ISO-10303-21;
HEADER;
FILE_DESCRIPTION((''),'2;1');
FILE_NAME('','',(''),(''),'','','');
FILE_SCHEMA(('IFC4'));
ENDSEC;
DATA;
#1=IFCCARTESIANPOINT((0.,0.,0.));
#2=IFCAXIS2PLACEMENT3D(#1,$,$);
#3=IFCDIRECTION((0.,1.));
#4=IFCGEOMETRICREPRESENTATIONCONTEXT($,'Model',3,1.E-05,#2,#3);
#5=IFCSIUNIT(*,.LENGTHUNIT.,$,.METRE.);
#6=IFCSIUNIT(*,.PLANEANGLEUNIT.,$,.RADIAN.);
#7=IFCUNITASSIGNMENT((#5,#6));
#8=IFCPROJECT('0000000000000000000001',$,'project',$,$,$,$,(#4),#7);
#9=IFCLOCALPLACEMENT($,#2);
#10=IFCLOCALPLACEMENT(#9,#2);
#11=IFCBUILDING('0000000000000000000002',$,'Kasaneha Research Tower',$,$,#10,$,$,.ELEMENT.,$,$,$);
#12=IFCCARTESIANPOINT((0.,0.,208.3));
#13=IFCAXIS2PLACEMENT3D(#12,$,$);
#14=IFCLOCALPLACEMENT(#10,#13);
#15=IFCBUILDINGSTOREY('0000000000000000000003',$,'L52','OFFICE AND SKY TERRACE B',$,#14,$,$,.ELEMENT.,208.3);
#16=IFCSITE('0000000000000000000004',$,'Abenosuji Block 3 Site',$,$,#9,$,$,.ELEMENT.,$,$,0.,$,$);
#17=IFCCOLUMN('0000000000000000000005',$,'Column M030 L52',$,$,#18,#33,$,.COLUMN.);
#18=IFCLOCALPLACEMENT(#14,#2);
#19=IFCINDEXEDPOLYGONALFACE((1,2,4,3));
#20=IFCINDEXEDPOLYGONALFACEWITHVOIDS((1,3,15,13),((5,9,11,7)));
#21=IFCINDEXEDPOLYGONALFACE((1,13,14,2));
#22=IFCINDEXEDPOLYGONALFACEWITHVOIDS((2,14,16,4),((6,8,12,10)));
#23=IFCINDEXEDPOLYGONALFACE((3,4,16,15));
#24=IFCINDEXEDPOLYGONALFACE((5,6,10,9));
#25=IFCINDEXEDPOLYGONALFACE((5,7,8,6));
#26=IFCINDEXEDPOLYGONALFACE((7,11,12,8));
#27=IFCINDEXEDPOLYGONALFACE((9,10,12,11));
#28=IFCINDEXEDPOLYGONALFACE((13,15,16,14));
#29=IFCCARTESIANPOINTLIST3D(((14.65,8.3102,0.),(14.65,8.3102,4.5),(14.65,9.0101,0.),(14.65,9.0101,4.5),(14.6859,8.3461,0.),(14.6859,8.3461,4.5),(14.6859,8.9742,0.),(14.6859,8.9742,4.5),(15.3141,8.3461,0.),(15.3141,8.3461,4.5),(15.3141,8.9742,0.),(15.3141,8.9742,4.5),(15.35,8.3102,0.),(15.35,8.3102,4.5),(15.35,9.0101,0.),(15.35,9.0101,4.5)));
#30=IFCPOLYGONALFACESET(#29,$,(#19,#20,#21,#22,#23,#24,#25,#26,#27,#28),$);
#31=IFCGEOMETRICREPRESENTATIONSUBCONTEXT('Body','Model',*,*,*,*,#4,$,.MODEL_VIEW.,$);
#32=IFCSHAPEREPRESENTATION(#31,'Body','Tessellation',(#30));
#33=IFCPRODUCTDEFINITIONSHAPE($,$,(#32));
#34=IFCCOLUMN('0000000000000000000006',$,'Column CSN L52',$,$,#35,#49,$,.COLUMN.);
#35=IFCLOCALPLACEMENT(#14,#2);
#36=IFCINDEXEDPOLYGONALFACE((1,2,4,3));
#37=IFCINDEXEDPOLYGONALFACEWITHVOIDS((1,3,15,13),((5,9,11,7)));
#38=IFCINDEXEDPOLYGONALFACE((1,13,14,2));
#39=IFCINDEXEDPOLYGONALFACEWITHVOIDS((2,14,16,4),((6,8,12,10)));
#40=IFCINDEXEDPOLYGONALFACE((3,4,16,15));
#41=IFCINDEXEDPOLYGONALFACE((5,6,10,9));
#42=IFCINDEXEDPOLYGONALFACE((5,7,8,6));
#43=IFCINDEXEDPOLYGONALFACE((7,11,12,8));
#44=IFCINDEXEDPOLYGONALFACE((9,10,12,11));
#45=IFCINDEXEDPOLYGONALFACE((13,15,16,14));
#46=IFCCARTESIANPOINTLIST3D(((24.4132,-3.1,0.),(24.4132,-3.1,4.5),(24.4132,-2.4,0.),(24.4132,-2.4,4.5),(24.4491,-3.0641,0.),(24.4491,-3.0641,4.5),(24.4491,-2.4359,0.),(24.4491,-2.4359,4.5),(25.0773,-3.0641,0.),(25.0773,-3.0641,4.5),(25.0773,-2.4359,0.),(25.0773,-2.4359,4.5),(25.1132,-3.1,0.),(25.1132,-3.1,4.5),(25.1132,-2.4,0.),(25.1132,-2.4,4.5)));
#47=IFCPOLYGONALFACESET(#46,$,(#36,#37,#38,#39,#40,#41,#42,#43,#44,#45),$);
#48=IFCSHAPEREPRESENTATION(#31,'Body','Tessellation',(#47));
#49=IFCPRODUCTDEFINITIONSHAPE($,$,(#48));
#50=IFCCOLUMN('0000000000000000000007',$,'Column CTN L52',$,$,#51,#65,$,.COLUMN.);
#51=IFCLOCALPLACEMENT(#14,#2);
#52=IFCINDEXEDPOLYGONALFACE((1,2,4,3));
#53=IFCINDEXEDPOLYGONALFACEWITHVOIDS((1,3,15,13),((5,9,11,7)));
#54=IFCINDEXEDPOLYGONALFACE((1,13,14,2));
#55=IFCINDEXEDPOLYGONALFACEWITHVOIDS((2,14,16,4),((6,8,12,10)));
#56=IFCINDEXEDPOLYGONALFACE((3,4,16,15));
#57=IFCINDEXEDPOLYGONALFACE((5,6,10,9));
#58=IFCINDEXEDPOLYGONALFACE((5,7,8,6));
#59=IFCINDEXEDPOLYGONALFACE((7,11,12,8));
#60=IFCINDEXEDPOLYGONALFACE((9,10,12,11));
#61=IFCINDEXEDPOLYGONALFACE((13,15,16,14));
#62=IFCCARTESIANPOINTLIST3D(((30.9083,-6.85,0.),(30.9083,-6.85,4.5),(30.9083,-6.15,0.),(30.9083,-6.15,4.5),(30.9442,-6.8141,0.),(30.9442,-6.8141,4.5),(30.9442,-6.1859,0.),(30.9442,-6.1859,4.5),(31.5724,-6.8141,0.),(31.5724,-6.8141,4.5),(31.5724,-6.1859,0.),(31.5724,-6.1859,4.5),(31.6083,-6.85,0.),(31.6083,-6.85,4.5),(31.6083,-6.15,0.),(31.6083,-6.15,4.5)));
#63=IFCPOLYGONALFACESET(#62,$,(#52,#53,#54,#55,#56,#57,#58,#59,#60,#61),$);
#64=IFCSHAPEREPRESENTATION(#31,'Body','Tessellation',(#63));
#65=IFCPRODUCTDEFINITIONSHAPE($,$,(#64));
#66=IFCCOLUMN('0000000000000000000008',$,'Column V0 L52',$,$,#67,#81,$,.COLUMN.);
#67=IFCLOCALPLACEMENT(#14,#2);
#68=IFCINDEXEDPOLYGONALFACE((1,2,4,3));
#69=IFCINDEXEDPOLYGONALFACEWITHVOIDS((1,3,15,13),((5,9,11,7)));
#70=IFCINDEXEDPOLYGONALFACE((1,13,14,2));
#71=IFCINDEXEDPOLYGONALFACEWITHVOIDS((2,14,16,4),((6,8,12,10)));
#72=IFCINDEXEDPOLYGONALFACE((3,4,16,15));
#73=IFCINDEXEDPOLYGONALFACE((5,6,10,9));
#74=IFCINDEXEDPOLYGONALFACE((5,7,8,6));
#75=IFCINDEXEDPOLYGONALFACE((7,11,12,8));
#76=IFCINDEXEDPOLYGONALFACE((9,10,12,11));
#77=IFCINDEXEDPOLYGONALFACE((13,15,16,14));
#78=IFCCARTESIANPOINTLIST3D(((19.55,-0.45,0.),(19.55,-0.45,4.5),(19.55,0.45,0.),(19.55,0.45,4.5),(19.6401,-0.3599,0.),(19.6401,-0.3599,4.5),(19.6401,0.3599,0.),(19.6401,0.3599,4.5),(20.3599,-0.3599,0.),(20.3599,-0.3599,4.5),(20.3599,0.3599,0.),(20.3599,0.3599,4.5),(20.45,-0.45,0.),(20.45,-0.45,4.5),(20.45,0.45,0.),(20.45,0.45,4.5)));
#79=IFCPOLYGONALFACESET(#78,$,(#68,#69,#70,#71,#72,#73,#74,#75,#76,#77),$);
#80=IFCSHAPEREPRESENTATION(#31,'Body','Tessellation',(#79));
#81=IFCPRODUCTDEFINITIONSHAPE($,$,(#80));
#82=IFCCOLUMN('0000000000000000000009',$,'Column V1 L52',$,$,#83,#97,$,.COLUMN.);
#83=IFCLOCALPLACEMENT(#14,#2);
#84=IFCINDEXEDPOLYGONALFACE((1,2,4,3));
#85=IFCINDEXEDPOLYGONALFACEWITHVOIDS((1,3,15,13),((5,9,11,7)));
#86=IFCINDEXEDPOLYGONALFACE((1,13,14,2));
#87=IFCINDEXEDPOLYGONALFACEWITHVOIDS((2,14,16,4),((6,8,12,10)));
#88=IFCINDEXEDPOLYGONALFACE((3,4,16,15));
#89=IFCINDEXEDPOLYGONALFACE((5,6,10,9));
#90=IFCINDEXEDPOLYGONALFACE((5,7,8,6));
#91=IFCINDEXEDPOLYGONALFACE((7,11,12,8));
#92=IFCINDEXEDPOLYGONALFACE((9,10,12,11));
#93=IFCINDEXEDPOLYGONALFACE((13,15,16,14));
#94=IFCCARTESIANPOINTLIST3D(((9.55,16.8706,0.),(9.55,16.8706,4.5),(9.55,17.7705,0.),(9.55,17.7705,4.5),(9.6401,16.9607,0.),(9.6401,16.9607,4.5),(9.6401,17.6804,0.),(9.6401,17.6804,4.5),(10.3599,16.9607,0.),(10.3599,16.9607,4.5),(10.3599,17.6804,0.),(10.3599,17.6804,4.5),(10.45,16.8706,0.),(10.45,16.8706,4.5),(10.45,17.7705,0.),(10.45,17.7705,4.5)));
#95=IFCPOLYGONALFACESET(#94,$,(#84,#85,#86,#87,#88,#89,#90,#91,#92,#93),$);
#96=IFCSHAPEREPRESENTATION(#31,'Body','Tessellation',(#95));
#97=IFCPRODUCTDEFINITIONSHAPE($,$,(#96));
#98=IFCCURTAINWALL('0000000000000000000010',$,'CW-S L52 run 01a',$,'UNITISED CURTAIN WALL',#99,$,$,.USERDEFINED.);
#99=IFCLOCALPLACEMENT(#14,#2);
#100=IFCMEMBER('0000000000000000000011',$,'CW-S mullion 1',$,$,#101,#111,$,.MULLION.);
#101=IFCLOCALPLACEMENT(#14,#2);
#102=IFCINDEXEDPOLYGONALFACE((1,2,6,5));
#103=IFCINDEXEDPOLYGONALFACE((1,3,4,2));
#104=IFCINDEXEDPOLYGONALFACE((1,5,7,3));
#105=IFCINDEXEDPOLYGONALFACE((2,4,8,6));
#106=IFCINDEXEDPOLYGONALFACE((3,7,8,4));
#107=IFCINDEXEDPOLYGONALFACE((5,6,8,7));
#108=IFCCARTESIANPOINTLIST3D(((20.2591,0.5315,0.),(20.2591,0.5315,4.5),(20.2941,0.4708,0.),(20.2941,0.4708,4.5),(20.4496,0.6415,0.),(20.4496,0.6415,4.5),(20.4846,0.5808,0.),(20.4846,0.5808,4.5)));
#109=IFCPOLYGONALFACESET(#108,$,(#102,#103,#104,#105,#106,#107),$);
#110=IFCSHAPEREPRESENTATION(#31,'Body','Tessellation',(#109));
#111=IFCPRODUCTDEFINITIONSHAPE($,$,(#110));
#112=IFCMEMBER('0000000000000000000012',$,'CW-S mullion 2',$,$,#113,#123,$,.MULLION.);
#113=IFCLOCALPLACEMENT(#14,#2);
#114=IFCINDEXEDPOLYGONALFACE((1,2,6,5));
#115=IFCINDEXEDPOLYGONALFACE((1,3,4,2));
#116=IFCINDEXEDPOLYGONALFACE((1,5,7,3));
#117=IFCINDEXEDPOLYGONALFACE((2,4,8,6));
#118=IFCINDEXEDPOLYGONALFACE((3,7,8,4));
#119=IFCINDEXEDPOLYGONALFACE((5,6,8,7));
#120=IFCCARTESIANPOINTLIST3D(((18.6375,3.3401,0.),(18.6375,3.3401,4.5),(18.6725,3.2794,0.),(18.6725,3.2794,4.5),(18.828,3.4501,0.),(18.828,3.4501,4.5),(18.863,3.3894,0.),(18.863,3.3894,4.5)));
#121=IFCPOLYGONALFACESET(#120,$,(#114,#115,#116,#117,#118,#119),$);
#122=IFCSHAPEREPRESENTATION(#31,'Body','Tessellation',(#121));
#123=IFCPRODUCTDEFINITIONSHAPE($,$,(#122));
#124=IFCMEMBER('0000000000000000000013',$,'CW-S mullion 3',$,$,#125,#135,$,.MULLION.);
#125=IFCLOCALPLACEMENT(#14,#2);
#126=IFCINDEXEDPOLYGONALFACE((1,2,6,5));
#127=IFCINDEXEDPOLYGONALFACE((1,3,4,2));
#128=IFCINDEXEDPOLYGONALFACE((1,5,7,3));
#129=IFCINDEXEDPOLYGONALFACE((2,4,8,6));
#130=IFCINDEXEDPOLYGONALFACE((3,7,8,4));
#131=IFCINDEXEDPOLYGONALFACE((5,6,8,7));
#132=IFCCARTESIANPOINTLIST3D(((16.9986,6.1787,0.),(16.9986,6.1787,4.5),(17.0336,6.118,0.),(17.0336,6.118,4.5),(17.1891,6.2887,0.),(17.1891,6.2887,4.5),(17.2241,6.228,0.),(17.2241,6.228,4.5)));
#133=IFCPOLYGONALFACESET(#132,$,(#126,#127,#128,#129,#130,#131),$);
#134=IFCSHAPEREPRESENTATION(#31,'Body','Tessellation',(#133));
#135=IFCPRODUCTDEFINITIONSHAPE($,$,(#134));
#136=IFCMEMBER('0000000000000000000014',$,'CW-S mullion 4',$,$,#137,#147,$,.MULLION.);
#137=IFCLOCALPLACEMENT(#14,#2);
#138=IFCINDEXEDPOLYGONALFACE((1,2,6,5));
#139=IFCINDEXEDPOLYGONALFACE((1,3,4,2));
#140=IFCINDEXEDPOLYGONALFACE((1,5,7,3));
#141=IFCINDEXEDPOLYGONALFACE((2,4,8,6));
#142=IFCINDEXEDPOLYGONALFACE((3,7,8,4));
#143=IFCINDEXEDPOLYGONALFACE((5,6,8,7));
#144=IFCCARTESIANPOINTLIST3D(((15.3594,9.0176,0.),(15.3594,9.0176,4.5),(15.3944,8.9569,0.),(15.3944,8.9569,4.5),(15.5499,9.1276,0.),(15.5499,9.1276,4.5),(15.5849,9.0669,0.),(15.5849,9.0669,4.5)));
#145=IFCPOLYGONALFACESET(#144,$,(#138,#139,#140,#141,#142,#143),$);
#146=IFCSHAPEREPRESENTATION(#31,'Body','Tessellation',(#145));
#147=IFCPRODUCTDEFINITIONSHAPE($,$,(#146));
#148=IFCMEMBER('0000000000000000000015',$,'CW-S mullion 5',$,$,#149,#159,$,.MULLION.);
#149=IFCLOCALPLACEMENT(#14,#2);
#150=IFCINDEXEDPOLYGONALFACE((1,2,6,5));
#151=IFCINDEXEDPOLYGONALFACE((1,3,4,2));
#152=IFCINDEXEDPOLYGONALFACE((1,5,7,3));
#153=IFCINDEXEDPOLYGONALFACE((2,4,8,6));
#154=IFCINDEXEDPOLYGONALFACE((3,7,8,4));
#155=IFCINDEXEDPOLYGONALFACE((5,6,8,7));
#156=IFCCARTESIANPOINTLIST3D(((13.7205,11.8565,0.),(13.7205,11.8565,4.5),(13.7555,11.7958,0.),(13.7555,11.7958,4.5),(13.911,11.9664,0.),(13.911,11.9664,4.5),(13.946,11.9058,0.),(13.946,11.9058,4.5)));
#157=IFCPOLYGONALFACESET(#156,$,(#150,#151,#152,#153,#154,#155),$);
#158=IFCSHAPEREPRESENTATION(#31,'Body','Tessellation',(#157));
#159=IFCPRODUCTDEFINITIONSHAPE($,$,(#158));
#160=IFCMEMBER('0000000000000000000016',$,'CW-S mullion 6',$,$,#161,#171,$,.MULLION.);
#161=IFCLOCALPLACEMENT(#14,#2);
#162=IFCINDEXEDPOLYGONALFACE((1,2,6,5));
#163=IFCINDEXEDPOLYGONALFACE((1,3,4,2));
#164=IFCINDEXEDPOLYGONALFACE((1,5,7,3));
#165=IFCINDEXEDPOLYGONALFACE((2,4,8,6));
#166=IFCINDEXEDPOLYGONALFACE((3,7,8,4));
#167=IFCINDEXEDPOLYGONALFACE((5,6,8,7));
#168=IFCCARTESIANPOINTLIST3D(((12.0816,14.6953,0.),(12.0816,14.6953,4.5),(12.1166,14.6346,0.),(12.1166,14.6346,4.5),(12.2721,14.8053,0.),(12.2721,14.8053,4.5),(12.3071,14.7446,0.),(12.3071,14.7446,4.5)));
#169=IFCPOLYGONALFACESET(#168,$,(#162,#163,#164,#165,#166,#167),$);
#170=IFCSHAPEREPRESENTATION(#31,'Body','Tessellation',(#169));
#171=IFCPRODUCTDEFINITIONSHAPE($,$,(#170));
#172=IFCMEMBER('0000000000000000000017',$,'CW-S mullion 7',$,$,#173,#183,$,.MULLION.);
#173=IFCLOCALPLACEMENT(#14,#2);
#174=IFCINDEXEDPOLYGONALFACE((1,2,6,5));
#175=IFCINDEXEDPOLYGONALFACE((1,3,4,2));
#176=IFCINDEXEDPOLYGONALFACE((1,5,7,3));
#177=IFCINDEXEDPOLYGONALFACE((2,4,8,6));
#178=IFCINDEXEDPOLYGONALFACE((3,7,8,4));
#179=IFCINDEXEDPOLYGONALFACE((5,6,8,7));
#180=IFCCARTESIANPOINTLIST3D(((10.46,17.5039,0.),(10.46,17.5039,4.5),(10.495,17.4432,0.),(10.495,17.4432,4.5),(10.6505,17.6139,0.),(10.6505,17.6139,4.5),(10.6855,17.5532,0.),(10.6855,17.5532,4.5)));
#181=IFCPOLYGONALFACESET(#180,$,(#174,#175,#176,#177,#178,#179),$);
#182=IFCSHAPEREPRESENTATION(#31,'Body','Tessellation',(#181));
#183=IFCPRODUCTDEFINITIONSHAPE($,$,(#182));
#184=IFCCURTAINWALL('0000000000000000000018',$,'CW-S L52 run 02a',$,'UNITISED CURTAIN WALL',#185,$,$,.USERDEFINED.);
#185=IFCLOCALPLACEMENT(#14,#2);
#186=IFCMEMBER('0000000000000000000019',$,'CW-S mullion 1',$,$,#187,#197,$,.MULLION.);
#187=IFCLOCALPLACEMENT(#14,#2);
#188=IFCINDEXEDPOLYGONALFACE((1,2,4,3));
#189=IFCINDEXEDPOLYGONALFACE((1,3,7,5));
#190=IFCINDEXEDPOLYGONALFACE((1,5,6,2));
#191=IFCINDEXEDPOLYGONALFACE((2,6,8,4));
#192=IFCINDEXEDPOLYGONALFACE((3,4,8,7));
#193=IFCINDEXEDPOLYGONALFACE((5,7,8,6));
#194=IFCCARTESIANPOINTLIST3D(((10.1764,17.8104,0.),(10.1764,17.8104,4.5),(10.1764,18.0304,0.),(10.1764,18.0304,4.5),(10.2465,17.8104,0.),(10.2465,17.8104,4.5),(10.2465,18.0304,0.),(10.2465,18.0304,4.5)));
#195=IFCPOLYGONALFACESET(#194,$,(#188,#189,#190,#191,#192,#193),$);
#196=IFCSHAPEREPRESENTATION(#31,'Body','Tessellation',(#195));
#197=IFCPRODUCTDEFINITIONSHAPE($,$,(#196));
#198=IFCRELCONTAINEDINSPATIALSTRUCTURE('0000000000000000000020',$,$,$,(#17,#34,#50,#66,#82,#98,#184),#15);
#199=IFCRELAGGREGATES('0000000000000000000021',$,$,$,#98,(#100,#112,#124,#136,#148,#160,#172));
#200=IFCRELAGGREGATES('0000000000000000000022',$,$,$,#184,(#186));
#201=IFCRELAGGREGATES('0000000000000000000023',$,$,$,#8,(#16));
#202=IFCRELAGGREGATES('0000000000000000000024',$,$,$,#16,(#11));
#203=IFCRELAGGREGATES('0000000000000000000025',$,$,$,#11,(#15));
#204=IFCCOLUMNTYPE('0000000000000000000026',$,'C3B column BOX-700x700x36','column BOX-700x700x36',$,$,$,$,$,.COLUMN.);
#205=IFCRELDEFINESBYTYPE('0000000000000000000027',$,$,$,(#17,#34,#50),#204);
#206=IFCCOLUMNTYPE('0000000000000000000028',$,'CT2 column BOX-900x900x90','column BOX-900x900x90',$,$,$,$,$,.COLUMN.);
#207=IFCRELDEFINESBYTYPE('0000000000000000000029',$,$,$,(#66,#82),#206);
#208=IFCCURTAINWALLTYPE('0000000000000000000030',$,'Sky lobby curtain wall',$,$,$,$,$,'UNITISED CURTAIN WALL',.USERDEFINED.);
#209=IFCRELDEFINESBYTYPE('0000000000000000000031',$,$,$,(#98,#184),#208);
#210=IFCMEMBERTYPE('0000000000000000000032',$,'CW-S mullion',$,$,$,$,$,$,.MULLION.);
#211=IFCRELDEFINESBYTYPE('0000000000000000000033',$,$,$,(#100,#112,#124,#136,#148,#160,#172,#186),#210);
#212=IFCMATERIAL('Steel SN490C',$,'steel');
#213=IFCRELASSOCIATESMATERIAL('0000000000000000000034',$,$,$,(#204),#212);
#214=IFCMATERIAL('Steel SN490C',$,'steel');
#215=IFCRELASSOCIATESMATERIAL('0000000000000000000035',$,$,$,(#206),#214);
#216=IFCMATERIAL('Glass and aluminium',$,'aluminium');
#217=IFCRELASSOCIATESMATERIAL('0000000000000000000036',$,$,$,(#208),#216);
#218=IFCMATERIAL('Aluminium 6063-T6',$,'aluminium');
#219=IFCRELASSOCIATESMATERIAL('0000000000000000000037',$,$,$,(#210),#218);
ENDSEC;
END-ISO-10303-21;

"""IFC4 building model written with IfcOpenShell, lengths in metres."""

from ifc_helpers import new_model, si_unit, direction, frame, origin, origin_2d, place, context, subcontext, project, spatial, rectangle, hollow_rectangle, extrude, material, material_profile, profile_set, type_object, element, aggregate, save


model = new_model("IFC4")

# Units and contexts
model_context = context("Model", 3, precision=1e-05, world=origin(), true_north=direction((0.0, 1.0)))
body_context = subcontext(model_context, "Body", "Model", "MODEL_VIEW")
ifc_project = project(units=[si_unit("LENGTHUNIT", "METRE"), si_unit("PLANEANGLEUNIT", "RADIAN")], contexts=[model_context])

# Site, building, storey
site_placement = place(None, origin())
site = spatial("IfcSite", under=ifc_project, at=site_placement, Name="Abenosuji Block 3 Site", CompositionType="ELEMENT", RefElevation=0.0)
building_placement = place(site_placement, origin())
building = spatial("IfcBuilding", under=site, at=building_placement, Name="Kasaneha Research Tower", CompositionType="ELEMENT")
storey_placement = place(building_placement, frame((0.0, 0.0, 208.3)))
storey = spatial("IfcBuildingStorey", under=building, at=storey_placement, Name="L52", Description="OFFICE AND SKY TERRACE B", CompositionType="ELEMENT", Elevation=208.3)

# Columns
ifc_material_1 = material(Name="Steel SN490C", Category="steel")
ifc_material_profile_1 = material_profile(ifc_material_1, hollow_rectangle(XDim=0.7, YDim=0.7, WallThickness=0.0359, at=origin_2d()), Name="BOX-700x700x36")
ifc_profile_set_1 = profile_set([ifc_material_profile_1], Name="Steel SN490C")
column_type_1 = type_object("IfcColumnType", Name="C3B column BOX-700x700x36", Description="column BOX-700x700x36", PredefinedType="COLUMN", material=ifc_profile_set_1)
for number, where, z_axis, x_axis, name in (
    (1, (15.0, 8.6602, 0.0), (0.0, 0.0, 1.0), (1.0, 0.0, 0.0), "Column M030 L52"),
    (2, (24.7632, -2.75, 0.0), (0.0, 0.0, 1.0), (1.0, 0.0, 0.0), "Column CSN L52"),
    (3, (31.2583, -6.5, 0.0), (0.0, 0.0, 1.0), (1.0, 0.0, 0.0), "Column CTN L52"),
):
    element("IfcColumn", number, at=place(storey_placement, frame(where, z_axis=z_axis, x_axis=x_axis)), inside=storey, type_object=column_type_1, Name=name, PredefinedType="COLUMN", context=body_context, shape_type="SweptSolid", body=[
        extrude(hollow_rectangle(XDim=0.7, YDim=0.7, WallThickness=0.0359, at=origin_2d()), origin(), (0.0, 0.0, 1.0), 4.5),
    ])
ifc_material_2 = material(Name="Steel SN490C", Category="steel")
ifc_material_profile_2 = material_profile(ifc_material_2, hollow_rectangle(XDim=0.8999, YDim=0.8999, WallThickness=0.0901, at=origin_2d()), Name="BOX-900x900x90")
ifc_profile_set_2 = profile_set([ifc_material_profile_2], Name="Steel SN490C")
column_type_2 = type_object("IfcColumnType", Name="CT2 column BOX-900x900x90", Description="column BOX-900x900x90", PredefinedType="COLUMN", material=ifc_profile_set_2)
for number, where, z_axis, x_axis, name in (
    (4, (20.0, 0.0, 0.0), (0.0, 0.0, 1.0), (1.0, 0.0, 0.0), "Column V0 L52"),
    (5, (10.0, 17.3206, 0.0), (0.0, 0.0, 1.0), (1.0, 0.0, 0.0), "Column V1 L52"),
):
    element("IfcColumn", number, at=place(storey_placement, frame(where, z_axis=z_axis, x_axis=x_axis)), inside=storey, type_object=column_type_2, Name=name, PredefinedType="COLUMN", context=body_context, shape_type="SweptSolid", body=[
        extrude(hollow_rectangle(XDim=0.8999, YDim=0.8999, WallThickness=0.0901, at=origin_2d()), origin(), (0.0, 0.0, 1.0), 4.5),
    ])

# Curtain walls, members
ifc_material_3 = material(Name="Glass and aluminium", Category="aluminium")
curtain_wall_type = type_object("IfcCurtainWallType", Name="Sky lobby curtain wall", ElementType="UNITISED CURTAIN WALL", PredefinedType="USERDEFINED", material=ifc_material_3)
curtain_wall_1_placement = place(storey_placement, origin())
curtain_wall_1 = element("IfcCurtainWall", 6, at=curtain_wall_1_placement, inside=storey, type_object=curtain_wall_type, Name="CW-S L52 run 01a", ObjectType="UNITISED CURTAIN WALL", PredefinedType="USERDEFINED")
ifc_material_4 = material(Name="Aluminium 6063-T6", Category="aluminium")
ifc_material_profile_3 = material_profile(ifc_material_4, rectangle(XDim=0.0701, YDim=0.22, at=origin_2d()), Name="CW-S mullion 70x220")
ifc_profile_set_3 = profile_set([ifc_material_profile_3], Name="Aluminium 6063-T6")
member_type = type_object("IfcMemberType", Name="CW-S mullion", PredefinedType="MULLION", material=ifc_profile_set_3)
member_1_placement = place(storey_placement, frame((20.3718, 0.5562, 0.0), z_axis=(0.0, 0.0, 1.0), x_axis=(-0.5, 0.866025, 0.0)))
member_1 = element("IfcMember", 7, at=member_1_placement, type_object=member_type, Name="CW-S mullion 1", PredefinedType="MULLION", context=body_context, shape_type="SweptSolid", body=[
    extrude(rectangle(XDim=0.0701, YDim=0.22, at=origin_2d()), origin(), (0.0, 0.0, 1.0), 4.5),
])
member_2_placement = place(storey_placement, frame((18.7502, 3.3647, 0.0), z_axis=(0.0, 0.0, 1.0), x_axis=(-0.5, 0.866025, 0.0)))
member_2 = element("IfcMember", 8, at=member_2_placement, type_object=member_type, Name="CW-S mullion 2", PredefinedType="MULLION", context=body_context, shape_type="SweptSolid", body=[
    extrude(rectangle(XDim=0.0701, YDim=0.22, at=origin_2d()), origin(), (0.0, 0.0, 1.0), 4.5),
])
member_3_placement = place(storey_placement, frame((17.1113, 6.2034, 0.0), z_axis=(0.0, 0.0, 1.0), x_axis=(-0.5, 0.866025, 0.0)))
member_3 = element("IfcMember", 9, at=member_3_placement, type_object=member_type, Name="CW-S mullion 3", PredefinedType="MULLION", context=body_context, shape_type="SweptSolid", body=[
    extrude(rectangle(XDim=0.0701, YDim=0.22, at=origin_2d()), origin(), (0.0, 0.0, 1.0), 4.5),
])
member_4_placement = place(storey_placement, frame((15.4722, 9.0422, 0.0), z_axis=(0.0, 0.0, 1.0), x_axis=(-0.5, 0.866025, 0.0)))
member_4 = element("IfcMember", 10, at=member_4_placement, type_object=member_type, Name="CW-S mullion 4", PredefinedType="MULLION", context=body_context, shape_type="SweptSolid", body=[
    extrude(rectangle(XDim=0.0701, YDim=0.22, at=origin_2d()), origin(), (0.0, 0.0, 1.0), 4.5),
])
member_5_placement = place(storey_placement, frame((13.8333, 11.8811, 0.0), z_axis=(0.0, 0.0, 1.0), x_axis=(-0.5, 0.866025, 0.0)))
member_5 = element("IfcMember", 11, at=member_5_placement, type_object=member_type, Name="CW-S mullion 5", PredefinedType="MULLION", context=body_context, shape_type="SweptSolid", body=[
    extrude(rectangle(XDim=0.0701, YDim=0.22, at=origin_2d()), origin(), (0.0, 0.0, 1.0), 4.5),
])
member_6_placement = place(storey_placement, frame((12.1943, 14.72, 0.0), z_axis=(0.0, 0.0, 1.0), x_axis=(-0.5, 0.866025, 0.0)))
member_6 = element("IfcMember", 12, at=member_6_placement, type_object=member_type, Name="CW-S mullion 6", PredefinedType="MULLION", context=body_context, shape_type="SweptSolid", body=[
    extrude(rectangle(XDim=0.0701, YDim=0.22, at=origin_2d()), origin(), (0.0, 0.0, 1.0), 4.5),
])
member_7_placement = place(storey_placement, frame((10.5728, 17.5286, 0.0), z_axis=(0.0, 0.0, 1.0), x_axis=(-0.5, 0.866025, 0.0)))
member_7 = element("IfcMember", 13, at=member_7_placement, type_object=member_type, Name="CW-S mullion 7", PredefinedType="MULLION", context=body_context, shape_type="SweptSolid", body=[
    extrude(rectangle(XDim=0.0701, YDim=0.22, at=origin_2d()), origin(), (0.0, 0.0, 1.0), 4.5),
])
aggregate(curtain_wall_1, [member_1, member_2, member_3, member_4, member_5, member_6, member_7])
curtain_wall_2_placement = place(storey_placement, origin())
curtain_wall_2 = element("IfcCurtainWall", 14, at=curtain_wall_2_placement, inside=storey, type_object=curtain_wall_type, Name="CW-S L52 run 02a", ObjectType="UNITISED CURTAIN WALL", PredefinedType="USERDEFINED")
member_8_placement = place(storey_placement, frame((10.2114, 17.9204, 0.0), z_axis=(0.0, 0.0, 1.0), x_axis=(-1.0, 0.0, 0.0)))
member_8 = element("IfcMember", 15, at=member_8_placement, type_object=member_type, Name="CW-S mullion 1", PredefinedType="MULLION", context=body_context, shape_type="SweptSolid", body=[
    extrude(rectangle(XDim=0.0701, YDim=0.22, at=origin_2d()), origin(), (0.0, 0.0, 1.0), 4.5),
])
aggregate(curtain_wall_2, [member_8])

save(model, "model.ifc")
